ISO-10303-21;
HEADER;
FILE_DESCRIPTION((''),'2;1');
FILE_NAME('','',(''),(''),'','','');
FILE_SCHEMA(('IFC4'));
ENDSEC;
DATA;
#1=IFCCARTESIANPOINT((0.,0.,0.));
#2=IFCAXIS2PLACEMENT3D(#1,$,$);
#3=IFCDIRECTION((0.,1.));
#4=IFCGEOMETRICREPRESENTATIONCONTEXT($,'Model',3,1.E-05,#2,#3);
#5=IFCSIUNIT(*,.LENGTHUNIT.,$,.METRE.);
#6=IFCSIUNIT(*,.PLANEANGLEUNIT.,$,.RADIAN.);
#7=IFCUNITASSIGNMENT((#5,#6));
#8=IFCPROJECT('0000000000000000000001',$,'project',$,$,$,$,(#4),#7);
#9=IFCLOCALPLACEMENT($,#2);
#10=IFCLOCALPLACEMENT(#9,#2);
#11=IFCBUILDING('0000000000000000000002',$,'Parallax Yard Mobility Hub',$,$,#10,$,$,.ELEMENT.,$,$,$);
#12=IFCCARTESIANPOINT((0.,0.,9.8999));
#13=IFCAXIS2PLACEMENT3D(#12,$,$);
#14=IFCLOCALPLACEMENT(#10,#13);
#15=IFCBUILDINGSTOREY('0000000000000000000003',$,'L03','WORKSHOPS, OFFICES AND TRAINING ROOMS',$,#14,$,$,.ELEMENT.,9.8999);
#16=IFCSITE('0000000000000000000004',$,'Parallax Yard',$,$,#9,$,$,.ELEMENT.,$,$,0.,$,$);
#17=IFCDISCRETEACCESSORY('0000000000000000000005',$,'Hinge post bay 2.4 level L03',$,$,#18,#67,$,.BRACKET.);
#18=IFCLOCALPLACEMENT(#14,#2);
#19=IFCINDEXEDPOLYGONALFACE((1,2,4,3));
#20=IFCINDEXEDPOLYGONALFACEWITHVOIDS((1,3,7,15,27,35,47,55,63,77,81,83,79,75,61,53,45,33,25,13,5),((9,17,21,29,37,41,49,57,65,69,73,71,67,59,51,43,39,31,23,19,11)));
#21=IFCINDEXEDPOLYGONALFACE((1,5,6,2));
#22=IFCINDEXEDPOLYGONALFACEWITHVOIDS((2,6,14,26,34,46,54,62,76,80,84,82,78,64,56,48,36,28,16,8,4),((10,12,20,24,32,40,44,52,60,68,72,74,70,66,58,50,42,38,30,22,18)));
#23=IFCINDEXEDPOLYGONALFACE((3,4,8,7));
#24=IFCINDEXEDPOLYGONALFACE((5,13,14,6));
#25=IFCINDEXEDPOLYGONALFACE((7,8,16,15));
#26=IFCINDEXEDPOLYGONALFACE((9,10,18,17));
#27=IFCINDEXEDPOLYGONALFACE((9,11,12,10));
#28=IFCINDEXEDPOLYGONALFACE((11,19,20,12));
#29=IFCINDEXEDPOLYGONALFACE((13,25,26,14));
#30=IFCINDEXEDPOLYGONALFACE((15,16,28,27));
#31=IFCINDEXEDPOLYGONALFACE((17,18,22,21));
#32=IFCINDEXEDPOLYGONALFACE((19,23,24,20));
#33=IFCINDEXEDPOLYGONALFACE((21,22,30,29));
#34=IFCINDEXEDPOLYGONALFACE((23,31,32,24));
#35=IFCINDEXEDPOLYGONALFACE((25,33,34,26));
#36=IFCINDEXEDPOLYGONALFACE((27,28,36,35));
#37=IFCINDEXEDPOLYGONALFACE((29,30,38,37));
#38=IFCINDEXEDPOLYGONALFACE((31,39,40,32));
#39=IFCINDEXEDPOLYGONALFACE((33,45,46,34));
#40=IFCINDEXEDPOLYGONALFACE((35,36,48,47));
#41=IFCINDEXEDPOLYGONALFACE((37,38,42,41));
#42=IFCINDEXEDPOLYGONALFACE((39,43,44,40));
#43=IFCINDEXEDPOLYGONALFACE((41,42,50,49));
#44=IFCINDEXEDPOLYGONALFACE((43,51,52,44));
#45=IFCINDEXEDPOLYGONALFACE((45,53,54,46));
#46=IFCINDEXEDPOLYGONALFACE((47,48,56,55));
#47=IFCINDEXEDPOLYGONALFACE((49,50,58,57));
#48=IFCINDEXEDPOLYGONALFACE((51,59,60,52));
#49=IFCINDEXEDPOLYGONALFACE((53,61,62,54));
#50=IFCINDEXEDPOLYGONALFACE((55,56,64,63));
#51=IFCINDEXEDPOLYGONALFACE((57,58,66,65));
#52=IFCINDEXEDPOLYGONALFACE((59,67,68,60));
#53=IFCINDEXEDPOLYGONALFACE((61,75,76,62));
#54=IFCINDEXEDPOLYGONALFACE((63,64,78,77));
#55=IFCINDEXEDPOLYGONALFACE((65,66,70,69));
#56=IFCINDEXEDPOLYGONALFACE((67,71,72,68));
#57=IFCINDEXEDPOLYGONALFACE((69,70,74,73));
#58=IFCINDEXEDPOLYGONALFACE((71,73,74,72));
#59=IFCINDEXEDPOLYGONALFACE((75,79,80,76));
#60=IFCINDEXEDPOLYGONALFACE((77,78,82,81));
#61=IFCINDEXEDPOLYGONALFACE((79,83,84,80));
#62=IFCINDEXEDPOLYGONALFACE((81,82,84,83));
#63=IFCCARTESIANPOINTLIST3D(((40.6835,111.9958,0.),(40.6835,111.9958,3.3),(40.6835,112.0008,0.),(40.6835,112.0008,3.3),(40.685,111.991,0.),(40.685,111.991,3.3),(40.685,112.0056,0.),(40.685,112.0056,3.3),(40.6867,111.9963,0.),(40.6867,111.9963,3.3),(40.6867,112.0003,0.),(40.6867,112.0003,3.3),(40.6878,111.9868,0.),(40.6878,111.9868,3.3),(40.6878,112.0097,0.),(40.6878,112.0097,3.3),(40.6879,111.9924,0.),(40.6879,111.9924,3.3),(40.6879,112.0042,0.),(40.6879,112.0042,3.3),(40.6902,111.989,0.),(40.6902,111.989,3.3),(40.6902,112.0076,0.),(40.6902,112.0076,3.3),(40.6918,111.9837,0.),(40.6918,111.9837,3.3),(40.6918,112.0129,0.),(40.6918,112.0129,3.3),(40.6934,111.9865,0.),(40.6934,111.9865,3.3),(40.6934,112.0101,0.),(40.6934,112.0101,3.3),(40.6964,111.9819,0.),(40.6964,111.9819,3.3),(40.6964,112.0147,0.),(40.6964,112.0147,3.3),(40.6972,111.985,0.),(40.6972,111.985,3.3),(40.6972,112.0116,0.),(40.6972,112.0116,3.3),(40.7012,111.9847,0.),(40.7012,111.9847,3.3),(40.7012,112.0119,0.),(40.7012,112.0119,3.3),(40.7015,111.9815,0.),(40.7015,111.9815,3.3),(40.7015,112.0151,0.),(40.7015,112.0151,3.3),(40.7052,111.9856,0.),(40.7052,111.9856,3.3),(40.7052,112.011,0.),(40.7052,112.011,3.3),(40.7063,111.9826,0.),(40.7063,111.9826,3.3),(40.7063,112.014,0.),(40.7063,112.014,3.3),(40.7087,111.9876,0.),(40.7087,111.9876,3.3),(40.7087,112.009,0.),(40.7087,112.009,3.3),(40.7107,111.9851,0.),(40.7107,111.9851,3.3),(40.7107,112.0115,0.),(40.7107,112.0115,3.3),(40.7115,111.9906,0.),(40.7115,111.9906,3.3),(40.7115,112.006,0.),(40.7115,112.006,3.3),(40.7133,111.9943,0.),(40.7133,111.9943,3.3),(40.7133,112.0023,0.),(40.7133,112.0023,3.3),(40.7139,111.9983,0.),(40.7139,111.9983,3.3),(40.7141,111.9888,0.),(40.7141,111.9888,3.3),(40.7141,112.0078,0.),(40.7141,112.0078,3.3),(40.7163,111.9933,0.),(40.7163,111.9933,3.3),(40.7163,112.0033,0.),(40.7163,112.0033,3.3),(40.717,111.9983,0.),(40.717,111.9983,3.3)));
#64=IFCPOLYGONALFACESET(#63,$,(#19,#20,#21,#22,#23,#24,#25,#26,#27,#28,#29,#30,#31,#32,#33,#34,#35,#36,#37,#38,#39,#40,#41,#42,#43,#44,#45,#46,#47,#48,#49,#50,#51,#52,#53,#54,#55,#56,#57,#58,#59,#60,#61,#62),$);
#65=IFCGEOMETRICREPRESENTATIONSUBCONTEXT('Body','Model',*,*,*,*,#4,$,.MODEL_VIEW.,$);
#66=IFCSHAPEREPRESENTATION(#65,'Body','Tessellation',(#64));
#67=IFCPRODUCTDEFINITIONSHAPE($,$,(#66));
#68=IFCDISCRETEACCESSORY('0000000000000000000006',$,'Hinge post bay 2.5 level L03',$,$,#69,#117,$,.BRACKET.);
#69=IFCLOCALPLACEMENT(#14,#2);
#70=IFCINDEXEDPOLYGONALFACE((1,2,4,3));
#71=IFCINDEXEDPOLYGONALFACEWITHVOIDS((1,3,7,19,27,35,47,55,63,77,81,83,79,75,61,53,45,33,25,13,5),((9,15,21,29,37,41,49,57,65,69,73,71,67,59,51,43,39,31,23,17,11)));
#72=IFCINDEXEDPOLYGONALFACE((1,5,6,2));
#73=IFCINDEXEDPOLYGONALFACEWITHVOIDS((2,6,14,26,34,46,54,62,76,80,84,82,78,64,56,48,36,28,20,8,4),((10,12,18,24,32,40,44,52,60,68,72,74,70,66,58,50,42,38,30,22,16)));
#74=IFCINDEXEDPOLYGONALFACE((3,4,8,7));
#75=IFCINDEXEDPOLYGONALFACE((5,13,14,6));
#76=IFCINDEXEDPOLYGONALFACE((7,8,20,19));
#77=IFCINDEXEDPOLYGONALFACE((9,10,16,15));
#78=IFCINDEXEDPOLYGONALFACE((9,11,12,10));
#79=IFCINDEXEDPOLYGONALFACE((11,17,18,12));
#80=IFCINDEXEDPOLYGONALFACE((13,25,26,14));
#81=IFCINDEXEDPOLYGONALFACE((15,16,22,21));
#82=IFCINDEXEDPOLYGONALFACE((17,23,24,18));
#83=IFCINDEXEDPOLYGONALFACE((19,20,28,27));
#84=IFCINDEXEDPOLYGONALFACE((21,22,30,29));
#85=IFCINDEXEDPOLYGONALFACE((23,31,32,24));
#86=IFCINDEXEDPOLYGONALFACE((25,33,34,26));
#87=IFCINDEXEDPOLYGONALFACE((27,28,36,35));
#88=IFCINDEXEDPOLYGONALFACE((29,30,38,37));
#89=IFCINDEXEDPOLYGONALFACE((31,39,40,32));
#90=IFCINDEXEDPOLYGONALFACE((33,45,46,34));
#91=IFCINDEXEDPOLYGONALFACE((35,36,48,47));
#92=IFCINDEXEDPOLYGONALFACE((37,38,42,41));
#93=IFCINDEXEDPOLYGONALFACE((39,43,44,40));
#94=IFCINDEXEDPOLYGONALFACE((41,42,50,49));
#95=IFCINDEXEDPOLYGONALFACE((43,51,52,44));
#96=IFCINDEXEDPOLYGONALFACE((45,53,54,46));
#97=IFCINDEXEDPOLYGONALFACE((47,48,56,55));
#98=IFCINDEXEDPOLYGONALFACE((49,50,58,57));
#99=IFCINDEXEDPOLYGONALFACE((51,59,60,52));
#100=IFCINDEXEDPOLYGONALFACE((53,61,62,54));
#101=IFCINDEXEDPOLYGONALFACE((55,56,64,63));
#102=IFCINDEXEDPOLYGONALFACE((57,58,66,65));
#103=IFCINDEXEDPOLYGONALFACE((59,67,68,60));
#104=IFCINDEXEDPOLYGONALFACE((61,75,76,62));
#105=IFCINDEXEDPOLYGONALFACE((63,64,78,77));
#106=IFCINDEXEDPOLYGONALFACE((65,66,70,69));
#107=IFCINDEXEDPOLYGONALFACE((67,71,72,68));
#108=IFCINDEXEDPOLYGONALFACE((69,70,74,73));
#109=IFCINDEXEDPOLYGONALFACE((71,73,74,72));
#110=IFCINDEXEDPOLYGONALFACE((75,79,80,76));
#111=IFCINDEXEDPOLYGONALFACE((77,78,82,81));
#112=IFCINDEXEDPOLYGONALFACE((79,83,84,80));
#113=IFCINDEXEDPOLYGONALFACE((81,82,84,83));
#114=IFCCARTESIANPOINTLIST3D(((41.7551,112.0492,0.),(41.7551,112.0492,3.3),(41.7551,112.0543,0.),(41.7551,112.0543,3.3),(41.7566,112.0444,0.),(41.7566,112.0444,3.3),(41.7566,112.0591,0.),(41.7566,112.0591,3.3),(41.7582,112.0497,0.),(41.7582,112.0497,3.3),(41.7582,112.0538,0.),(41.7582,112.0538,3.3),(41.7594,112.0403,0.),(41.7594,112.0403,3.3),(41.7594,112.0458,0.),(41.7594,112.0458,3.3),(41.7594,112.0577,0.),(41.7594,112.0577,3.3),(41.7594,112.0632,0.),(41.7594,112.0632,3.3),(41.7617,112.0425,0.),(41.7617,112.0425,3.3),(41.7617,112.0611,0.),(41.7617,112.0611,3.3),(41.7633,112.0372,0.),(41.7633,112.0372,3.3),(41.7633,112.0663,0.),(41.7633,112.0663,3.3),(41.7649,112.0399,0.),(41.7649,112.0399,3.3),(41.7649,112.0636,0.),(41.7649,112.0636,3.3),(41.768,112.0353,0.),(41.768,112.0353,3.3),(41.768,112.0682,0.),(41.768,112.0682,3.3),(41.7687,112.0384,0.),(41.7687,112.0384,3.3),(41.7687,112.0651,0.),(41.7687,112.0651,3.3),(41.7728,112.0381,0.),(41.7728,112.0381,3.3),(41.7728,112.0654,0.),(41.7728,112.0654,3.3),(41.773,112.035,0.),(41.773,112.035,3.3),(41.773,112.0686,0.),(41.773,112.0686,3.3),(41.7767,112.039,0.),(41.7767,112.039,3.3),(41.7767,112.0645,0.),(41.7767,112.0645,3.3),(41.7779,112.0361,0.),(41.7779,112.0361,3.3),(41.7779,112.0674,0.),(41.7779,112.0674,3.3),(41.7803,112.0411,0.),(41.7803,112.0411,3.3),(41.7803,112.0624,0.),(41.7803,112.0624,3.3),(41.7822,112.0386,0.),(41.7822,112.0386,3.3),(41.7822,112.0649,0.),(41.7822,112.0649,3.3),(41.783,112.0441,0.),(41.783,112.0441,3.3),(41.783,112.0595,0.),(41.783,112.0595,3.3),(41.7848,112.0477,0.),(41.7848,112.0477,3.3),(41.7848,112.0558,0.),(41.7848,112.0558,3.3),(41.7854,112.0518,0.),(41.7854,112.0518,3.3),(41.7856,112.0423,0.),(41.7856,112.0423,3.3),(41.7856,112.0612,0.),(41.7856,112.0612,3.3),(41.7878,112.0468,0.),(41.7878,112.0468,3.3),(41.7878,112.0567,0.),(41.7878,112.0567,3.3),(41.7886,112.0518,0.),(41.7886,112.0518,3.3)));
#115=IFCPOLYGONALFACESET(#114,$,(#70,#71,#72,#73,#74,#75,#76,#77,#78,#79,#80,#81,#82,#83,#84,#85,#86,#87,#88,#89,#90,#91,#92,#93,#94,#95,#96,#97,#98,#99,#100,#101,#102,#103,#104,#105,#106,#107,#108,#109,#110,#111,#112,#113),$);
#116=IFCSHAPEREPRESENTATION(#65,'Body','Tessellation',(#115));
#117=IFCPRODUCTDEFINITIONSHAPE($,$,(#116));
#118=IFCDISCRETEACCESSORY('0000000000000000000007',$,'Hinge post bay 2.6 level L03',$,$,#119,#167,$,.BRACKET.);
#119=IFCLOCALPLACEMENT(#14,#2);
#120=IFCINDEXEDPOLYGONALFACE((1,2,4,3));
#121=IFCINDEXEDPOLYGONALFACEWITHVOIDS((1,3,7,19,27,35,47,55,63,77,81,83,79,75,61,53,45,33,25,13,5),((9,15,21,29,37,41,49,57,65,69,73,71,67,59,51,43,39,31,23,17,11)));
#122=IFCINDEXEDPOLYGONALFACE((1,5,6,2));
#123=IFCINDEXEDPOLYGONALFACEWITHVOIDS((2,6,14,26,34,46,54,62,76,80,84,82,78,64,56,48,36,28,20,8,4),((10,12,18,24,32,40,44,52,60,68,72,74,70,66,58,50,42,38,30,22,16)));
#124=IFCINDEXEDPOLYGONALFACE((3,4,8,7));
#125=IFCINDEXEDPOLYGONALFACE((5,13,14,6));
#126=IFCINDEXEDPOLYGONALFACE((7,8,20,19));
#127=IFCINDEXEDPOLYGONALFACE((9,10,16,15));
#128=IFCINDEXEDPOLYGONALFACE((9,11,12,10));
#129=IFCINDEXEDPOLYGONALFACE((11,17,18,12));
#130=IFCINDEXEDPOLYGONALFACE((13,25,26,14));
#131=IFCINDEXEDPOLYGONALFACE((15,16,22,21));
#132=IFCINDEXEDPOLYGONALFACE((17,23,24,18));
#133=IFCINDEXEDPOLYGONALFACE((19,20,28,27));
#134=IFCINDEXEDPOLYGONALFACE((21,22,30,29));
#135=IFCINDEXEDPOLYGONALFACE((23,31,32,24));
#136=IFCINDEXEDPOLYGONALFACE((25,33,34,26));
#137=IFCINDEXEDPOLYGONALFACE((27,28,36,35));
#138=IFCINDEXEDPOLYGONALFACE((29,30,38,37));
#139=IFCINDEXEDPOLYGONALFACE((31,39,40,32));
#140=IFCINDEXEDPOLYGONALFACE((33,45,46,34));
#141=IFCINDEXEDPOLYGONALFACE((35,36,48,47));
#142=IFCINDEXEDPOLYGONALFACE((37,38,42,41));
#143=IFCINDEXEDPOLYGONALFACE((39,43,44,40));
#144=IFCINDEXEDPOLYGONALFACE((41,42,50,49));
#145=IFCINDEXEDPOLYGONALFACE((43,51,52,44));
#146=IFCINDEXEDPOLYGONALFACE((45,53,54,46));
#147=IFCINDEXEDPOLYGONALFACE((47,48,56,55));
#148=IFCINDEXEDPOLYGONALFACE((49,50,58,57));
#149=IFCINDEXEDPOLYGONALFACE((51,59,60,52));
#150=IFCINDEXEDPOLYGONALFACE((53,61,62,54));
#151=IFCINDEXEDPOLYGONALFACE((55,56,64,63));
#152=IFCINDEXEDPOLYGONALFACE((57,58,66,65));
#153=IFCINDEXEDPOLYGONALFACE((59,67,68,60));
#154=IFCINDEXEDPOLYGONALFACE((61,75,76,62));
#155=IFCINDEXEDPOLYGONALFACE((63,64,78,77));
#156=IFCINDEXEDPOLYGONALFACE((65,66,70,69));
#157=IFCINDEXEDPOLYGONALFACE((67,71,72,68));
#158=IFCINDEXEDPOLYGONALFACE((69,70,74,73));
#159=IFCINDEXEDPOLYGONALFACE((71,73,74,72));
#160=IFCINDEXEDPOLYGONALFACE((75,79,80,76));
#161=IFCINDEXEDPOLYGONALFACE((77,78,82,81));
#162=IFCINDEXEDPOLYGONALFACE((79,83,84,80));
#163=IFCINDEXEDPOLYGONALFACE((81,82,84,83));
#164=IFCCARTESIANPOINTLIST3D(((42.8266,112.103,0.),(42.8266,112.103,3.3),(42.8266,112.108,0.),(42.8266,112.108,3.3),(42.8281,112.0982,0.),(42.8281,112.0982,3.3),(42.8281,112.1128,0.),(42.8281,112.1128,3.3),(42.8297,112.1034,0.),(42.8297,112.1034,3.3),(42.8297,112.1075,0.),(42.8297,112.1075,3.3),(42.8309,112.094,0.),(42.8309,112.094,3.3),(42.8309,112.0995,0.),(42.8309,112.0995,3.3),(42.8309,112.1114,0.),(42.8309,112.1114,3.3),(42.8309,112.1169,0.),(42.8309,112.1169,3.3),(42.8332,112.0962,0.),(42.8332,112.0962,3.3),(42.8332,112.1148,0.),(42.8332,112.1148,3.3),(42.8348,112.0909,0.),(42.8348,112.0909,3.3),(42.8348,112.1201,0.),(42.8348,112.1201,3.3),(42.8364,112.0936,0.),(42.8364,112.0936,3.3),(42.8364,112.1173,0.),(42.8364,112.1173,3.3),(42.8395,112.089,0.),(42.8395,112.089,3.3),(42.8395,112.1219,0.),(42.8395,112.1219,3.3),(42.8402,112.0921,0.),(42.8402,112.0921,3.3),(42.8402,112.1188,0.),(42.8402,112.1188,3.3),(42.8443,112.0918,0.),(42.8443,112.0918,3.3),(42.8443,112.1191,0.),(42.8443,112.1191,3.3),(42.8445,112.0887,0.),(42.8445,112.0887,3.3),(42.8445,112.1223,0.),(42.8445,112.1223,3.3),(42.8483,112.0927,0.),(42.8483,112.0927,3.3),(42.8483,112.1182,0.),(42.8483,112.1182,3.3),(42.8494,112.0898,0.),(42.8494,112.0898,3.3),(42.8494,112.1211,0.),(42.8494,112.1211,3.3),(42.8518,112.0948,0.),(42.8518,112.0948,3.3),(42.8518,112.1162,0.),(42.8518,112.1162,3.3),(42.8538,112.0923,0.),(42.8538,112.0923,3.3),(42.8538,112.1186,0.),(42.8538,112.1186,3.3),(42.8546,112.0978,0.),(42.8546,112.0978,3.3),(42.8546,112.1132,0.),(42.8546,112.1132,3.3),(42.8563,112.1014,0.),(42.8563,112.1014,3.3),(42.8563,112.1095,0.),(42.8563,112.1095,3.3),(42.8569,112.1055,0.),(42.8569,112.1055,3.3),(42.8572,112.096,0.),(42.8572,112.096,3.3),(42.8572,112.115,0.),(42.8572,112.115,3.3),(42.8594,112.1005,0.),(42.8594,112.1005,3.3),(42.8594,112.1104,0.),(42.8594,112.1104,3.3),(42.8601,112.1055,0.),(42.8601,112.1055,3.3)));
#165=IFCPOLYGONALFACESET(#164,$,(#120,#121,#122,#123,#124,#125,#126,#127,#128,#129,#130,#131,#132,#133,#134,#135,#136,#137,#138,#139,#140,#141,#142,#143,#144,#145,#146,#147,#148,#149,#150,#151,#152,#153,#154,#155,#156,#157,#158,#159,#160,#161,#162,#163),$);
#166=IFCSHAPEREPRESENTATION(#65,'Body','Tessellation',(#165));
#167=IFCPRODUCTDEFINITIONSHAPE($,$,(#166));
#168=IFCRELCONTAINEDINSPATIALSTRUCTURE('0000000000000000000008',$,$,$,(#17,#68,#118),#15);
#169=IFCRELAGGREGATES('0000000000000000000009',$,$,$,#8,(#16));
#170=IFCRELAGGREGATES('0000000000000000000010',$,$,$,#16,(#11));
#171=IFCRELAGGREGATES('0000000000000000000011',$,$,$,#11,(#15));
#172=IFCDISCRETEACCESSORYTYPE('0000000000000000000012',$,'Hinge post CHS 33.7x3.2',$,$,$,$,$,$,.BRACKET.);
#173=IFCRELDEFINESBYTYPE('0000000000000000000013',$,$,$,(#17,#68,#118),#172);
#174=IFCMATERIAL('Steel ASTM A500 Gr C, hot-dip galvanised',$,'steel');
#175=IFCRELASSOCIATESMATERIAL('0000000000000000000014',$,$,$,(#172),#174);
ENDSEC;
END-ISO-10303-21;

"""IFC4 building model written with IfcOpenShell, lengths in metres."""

from ifc_helpers import new_model, si_unit, direction, frame, origin, origin_2d, place, context, subcontext, project, spatial, hollow_circle, extrude, material, material_profile, profile_set, type_object, element, save


model = new_model("IFC4")

# Units and contexts
model_context = context("Model", 3, precision=1e-05, world=origin(), true_north=direction((0.0, 1.0)))
body_context = subcontext(model_context, "Body", "Model", "MODEL_VIEW")
ifc_project = project(units=[si_unit("LENGTHUNIT", "METRE"), si_unit("PLANEANGLEUNIT", "RADIAN")], contexts=[model_context])

# Site, building, storey
site_placement = place(None, origin())
site = spatial("IfcSite", under=ifc_project, at=site_placement, Name="Parallax Yard", CompositionType="ELEMENT", RefElevation=0.0)
building_placement = place(site_placement, origin())
building = spatial("IfcBuilding", under=site, at=building_placement, Name="Parallax Yard Mobility Hub", CompositionType="ELEMENT")
storey_placement = place(building_placement, frame((0.0, 0.0, 9.8999)))
storey = spatial("IfcBuildingStorey", under=building, at=storey_placement, Name="L03", Description="WORKSHOPS, OFFICES AND TRAINING ROOMS", CompositionType="ELEMENT", Elevation=9.8999)

# Discrete accessories
ifc_material_1 = material(Name="Steel ASTM A500 Gr C, hot-dip galvanised", Category="steel")
ifc_material_profile_1 = material_profile(ifc_material_1, hollow_circle(Radius=0.0168, WallThickness=0.0032, at=origin_2d()), Name="CHS 33.7x3.2")
ifc_profile_set_1 = profile_set([ifc_material_profile_1], Name="Steel ASTM A500 Gr C, hot-dip galvanised")
discrete_accessory_type_1 = type_object("IfcDiscreteAccessoryType", Name="Hinge post CHS 33.7x3.2", PredefinedType="BRACKET", material=ifc_profile_set_1)
for number, where, z_axis, x_axis, name in (
    (1, (40.7002, 111.9983, 0.0), (0.0, 0.0, 1.0), (1.0, 0.0, 0.0), "Hinge post bay 2.4 level L03"),
    (2, (41.7717, 112.0518, 0.0), (0.0, 0.0, 1.0), (1.0, 0.0, 0.0), "Hinge post bay 2.5 level L03"),
    (3, (42.8433, 112.1055, 0.0), (0.0, 0.0, 1.0), (1.0, 0.0, 0.0), "Hinge post bay 2.6 level L03"),
):
    element("IfcDiscreteAccessory", number, at=place(storey_placement, frame(where, z_axis=z_axis, x_axis=x_axis)), inside=storey, type_object=discrete_accessory_type_1, Name=name, PredefinedType="BRACKET", context=body_context, shape_type="SweptSolid", body=[
        extrude(hollow_circle(Radius=0.0168, WallThickness=0.0032, at=origin_2d()), origin(), (0.0, 0.0, 1.0), 3.3),
    ])

save(model, "model.ifc")
